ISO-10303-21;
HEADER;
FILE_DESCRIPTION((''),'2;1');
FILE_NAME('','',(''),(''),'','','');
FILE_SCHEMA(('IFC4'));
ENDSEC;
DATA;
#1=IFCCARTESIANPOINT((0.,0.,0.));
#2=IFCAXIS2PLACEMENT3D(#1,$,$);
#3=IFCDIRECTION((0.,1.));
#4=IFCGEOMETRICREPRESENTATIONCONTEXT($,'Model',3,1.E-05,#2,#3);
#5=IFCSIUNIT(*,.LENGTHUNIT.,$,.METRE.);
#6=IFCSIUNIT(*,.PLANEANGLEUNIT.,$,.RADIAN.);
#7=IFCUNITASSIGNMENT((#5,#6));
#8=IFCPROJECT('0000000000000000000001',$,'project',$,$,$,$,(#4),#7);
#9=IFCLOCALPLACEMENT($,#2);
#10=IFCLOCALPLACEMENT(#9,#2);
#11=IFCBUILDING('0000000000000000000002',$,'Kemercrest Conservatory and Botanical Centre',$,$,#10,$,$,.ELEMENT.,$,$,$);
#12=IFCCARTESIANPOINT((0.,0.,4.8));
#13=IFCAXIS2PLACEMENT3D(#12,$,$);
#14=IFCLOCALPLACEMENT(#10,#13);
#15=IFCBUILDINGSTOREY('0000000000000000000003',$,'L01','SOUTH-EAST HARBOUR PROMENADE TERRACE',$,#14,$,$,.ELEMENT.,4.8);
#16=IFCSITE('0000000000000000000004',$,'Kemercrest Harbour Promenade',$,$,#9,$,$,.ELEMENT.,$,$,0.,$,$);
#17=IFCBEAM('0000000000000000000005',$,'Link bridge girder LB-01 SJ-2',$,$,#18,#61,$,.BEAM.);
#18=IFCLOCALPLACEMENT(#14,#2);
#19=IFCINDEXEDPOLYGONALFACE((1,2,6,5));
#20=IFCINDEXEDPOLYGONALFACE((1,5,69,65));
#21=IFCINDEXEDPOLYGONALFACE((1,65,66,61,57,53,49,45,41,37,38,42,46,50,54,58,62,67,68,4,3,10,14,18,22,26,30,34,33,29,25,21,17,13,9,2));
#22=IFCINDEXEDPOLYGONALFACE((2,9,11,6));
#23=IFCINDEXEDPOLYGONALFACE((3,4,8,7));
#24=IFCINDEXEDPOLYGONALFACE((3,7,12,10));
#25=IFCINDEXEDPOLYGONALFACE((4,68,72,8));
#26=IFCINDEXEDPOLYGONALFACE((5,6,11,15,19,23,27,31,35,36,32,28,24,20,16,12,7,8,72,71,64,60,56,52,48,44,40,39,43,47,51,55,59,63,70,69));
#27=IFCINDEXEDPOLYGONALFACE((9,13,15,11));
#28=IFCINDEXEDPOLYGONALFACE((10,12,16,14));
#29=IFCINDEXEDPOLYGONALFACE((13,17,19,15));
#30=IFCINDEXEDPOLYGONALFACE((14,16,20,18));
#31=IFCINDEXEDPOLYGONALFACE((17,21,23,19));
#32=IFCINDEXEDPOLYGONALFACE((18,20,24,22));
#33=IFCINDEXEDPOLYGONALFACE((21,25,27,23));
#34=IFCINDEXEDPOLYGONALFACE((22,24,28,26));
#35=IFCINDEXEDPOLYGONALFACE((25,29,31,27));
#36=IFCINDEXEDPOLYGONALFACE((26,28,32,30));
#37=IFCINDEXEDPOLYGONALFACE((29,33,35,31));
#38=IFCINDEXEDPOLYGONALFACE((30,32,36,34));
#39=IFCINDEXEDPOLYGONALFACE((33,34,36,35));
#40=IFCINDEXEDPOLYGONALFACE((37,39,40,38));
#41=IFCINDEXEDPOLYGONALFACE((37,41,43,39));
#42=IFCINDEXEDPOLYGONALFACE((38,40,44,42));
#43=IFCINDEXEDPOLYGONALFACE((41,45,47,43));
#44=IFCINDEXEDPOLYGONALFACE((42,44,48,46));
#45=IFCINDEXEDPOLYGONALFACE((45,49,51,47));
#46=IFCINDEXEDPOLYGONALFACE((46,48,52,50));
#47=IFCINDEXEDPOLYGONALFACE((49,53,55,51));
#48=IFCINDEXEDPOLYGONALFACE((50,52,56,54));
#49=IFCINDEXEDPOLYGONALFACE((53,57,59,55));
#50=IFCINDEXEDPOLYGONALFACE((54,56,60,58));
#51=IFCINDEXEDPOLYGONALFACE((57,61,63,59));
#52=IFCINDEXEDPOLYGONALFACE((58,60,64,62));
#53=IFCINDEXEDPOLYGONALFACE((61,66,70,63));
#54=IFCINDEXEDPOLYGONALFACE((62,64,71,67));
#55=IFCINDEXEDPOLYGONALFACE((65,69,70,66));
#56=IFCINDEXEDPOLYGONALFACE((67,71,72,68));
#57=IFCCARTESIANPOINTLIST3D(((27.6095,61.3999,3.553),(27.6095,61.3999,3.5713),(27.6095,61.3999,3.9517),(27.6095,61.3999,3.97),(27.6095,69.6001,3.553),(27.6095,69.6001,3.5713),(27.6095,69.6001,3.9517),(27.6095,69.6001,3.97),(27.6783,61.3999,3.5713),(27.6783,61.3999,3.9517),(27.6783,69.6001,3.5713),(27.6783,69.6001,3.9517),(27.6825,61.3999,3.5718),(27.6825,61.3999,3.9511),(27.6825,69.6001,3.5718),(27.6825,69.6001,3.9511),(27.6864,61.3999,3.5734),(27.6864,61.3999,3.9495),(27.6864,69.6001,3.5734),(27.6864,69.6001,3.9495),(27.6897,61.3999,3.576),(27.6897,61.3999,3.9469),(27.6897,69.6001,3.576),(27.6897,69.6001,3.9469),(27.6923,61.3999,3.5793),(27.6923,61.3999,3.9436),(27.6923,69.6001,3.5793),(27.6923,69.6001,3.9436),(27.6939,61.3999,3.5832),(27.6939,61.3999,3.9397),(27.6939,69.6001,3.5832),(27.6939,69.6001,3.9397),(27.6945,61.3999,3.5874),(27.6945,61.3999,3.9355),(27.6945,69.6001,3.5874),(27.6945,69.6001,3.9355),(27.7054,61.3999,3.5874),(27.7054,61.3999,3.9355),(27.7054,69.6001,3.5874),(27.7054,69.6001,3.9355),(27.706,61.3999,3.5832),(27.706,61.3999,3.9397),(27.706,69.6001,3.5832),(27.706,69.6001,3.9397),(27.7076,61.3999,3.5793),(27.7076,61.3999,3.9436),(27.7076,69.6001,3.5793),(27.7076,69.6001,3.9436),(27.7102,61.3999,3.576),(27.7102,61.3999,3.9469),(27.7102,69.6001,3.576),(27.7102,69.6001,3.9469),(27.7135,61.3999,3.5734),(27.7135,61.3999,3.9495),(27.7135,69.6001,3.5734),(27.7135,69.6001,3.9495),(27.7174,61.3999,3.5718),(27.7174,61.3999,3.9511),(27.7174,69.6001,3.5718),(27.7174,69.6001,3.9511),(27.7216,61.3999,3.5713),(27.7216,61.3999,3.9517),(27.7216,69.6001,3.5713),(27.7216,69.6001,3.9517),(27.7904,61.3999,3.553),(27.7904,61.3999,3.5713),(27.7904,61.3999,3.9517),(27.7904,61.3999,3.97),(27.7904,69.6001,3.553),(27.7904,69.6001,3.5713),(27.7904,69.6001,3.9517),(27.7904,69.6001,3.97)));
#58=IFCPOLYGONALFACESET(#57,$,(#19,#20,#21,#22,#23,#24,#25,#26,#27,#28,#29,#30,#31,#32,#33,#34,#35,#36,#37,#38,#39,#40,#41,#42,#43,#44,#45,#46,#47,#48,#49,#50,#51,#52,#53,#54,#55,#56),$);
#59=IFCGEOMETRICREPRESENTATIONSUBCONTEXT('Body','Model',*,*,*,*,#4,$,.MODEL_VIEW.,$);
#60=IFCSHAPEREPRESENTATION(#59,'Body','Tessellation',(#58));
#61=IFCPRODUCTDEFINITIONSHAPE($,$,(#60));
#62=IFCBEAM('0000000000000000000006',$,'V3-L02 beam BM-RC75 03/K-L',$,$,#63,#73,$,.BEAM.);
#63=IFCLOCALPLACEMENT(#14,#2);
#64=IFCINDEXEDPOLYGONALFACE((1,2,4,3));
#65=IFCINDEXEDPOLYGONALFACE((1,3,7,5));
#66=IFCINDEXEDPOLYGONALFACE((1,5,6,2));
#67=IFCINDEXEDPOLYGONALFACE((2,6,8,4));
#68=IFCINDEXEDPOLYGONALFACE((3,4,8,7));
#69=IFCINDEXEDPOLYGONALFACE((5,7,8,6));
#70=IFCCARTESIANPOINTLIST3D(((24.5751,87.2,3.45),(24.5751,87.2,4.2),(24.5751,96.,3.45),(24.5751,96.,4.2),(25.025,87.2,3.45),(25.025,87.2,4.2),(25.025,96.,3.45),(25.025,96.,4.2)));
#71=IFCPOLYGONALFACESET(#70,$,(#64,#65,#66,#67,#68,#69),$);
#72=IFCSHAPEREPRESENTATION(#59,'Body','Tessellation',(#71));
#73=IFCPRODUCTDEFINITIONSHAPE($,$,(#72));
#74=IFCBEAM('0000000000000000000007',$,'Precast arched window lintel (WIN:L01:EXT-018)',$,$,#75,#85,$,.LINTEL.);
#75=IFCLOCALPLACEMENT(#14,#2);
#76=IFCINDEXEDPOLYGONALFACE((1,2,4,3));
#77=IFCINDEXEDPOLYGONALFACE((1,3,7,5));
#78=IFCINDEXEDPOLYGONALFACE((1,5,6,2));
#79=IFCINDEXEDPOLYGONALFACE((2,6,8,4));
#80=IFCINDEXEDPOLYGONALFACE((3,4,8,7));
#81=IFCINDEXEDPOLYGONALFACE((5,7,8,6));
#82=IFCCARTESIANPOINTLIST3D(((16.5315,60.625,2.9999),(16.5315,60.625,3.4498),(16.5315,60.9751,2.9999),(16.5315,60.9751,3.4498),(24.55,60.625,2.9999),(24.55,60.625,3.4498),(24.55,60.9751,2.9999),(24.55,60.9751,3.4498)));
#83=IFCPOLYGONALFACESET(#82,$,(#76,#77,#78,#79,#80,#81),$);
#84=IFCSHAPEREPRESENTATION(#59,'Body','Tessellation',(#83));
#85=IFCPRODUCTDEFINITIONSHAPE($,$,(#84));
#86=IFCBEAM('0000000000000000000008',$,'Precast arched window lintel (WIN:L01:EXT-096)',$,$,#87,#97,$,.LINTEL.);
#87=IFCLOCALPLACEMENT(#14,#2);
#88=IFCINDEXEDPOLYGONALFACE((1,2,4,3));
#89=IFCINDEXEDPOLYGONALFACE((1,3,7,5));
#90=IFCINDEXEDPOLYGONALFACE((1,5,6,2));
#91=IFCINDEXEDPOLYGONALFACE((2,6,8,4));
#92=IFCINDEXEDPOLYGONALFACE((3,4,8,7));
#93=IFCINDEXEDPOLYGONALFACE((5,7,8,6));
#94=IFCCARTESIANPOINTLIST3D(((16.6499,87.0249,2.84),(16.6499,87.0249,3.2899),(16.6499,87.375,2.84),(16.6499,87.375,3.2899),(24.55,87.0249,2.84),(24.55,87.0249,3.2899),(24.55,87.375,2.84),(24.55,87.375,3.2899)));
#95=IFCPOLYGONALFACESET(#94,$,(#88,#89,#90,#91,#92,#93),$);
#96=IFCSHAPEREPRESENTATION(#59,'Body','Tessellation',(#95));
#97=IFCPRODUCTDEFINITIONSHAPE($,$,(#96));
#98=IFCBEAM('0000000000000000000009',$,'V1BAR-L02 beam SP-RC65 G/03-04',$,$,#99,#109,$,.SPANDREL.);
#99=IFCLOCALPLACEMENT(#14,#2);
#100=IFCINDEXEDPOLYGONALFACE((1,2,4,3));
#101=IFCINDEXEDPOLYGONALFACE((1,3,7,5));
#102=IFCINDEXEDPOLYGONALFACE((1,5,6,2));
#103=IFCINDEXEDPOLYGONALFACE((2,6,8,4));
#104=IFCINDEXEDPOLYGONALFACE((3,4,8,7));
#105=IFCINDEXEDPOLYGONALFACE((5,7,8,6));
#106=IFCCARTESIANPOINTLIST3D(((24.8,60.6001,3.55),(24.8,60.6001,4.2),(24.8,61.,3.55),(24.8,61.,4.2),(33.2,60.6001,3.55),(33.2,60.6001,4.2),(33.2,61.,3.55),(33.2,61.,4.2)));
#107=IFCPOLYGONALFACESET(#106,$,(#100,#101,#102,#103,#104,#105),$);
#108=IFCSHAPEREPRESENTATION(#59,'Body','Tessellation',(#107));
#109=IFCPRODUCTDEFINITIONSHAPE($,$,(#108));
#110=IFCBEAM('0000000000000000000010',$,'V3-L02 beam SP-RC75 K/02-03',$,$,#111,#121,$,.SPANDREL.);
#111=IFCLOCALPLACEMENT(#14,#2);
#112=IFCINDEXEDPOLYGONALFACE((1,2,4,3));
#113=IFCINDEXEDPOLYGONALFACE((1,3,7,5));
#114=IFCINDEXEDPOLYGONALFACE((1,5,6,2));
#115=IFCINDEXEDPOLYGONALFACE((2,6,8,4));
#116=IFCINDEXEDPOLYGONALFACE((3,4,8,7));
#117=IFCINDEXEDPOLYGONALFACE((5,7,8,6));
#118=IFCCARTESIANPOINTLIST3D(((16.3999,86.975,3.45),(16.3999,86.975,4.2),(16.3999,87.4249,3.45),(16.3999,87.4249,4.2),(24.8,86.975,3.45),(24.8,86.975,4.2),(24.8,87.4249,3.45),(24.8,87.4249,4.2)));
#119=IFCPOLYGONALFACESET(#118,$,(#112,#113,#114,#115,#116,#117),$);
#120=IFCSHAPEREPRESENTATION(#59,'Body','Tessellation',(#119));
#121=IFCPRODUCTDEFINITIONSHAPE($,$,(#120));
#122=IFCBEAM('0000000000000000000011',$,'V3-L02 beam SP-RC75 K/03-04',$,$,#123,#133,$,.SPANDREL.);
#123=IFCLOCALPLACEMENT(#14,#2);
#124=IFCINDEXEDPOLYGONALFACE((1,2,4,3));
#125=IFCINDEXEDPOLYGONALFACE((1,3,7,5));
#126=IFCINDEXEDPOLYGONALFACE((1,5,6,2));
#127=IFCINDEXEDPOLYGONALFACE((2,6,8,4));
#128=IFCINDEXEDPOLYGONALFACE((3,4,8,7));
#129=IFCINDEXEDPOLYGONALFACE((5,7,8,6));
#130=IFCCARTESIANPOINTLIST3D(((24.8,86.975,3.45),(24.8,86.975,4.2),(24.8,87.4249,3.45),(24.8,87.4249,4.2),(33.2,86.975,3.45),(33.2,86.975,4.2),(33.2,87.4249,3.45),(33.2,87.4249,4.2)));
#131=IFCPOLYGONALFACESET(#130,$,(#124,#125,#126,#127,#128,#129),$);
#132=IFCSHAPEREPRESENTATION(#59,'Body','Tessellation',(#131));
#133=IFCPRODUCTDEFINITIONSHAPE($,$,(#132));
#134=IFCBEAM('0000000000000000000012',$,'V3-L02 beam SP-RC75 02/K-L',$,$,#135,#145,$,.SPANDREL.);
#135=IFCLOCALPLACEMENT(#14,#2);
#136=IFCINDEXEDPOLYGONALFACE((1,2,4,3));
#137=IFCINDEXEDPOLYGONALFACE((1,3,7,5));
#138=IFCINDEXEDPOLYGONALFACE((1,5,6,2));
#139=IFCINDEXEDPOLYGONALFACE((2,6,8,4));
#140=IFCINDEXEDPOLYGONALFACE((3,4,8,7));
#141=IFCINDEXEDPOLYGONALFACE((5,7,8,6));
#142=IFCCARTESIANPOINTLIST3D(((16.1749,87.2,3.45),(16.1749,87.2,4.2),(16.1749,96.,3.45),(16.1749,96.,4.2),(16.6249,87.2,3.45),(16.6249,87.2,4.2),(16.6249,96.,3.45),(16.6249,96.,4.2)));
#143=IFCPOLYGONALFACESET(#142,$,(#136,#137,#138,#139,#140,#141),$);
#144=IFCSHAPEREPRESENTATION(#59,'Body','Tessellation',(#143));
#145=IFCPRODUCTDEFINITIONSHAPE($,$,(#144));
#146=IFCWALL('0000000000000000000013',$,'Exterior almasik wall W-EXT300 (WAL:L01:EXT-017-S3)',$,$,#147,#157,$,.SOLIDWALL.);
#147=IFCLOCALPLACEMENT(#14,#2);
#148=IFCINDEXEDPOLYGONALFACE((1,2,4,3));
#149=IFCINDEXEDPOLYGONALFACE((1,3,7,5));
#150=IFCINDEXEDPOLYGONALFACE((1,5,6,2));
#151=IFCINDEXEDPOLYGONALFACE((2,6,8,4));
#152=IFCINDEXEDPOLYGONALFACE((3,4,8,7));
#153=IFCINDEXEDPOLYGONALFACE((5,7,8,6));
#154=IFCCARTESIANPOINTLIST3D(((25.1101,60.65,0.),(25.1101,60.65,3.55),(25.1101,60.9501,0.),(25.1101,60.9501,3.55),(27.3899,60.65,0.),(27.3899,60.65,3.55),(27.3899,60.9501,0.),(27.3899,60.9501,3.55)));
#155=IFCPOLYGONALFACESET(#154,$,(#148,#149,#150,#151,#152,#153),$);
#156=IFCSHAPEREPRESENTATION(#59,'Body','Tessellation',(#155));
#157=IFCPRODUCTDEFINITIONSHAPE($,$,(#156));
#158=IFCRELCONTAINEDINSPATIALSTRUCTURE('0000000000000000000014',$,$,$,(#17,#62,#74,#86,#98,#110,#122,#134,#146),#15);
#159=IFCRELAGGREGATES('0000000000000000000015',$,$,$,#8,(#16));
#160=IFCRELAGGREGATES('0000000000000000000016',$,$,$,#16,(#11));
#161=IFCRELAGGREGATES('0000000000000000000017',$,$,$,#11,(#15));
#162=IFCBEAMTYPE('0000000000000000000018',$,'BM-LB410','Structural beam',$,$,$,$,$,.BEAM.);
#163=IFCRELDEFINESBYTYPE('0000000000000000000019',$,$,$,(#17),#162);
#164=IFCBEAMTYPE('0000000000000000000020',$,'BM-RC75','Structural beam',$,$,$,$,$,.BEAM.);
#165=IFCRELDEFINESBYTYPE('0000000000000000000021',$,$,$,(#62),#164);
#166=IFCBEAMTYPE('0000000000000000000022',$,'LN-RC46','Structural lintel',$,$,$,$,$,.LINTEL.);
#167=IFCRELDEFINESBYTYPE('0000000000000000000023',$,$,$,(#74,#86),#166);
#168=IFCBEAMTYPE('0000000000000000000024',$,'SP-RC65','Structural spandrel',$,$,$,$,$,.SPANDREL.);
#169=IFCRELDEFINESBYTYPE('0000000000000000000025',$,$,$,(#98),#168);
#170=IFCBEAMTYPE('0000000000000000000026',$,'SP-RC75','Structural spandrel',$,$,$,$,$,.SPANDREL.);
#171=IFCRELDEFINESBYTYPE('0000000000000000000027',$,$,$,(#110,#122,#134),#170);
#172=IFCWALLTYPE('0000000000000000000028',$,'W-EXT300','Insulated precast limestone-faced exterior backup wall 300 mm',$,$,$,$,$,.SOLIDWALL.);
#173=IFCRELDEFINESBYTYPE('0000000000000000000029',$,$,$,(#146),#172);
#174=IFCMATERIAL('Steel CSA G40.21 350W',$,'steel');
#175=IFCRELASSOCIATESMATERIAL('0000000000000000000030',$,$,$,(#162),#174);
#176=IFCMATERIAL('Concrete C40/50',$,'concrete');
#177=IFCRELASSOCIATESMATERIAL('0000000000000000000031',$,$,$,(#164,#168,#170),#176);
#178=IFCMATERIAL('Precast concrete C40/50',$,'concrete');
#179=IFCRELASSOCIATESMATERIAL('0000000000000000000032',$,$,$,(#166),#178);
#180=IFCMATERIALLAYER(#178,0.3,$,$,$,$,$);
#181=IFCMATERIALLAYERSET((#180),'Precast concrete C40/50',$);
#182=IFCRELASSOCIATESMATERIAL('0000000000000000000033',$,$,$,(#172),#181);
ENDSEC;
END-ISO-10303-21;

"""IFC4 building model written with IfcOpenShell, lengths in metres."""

from ifc_helpers import new_model, si_unit, direction, frame, frame_2d, origin, origin_2d, place, context, subcontext, project, spatial, rectangle, i_section, extrude, material, layer, layer_set, material_profile, profile_set, type_object, element, save


model = new_model("IFC4")

# Units and contexts
model_context = context("Model", 3, precision=1e-05, world=origin(), true_north=direction((0.0, 1.0)))
body_context = subcontext(model_context, "Body", "Model", "MODEL_VIEW")
ifc_project = project(units=[si_unit("LENGTHUNIT", "METRE"), si_unit("PLANEANGLEUNIT", "RADIAN")], contexts=[model_context])

# Site, building, storey
site_placement = place(None, origin())
site = spatial("IfcSite", under=ifc_project, at=site_placement, Name="Kemercrest Harbour Promenade", CompositionType="ELEMENT", RefElevation=0.0)
building_placement = place(site_placement, origin())
building = spatial("IfcBuilding", under=site, at=building_placement, Name="Kemercrest Conservatory and Botanical Centre", CompositionType="ELEMENT")
storey_placement = place(building_placement, frame((0.0, 0.0, 4.8)))
storey = spatial("IfcBuildingStorey", under=building, at=storey_placement, Name="L01", Description="SOUTH-EAST HARBOUR PROMENADE TERRACE", CompositionType="ELEMENT", Elevation=4.8)

# Shared definitions
ifc_material_1 = material(Name="Concrete C40/50", Category="concrete")
ifc_material_2 = material(Name="Steel CSA G40.21 350W", Category="steel")

# Beams
ifc_material_profile_1 = material_profile(ifc_material_2, i_section(OverallWidth=0.1809, OverallDepth=0.417, WebThickness=0.011, FlangeThickness=0.0183, FilletRadius=0.0161, at=origin_2d()), Name="W410X85")
ifc_profile_set_1 = profile_set([ifc_material_profile_1], Name="Steel CSA G40.21 350W")
beam_type_1 = type_object("IfcBeamType", Name="BM-LB410", Description="Structural beam", PredefinedType="BEAM", material=ifc_profile_set_1)
beam_1_placement = place(storey_placement, frame((27.7, 61.3999, 3.7615), z_axis=(0.0, 1.0, 0.0), x_axis=(-1.0, 0.0, 0.0)))
element("IfcBeam", 1, at=beam_1_placement, inside=storey, type_object=beam_type_1, Name="Link bridge girder LB-01 SJ-2", PredefinedType="BEAM", context=body_context, shape_type="SweptSolid", body=[
    extrude(i_section(OverallWidth=0.1809, OverallDepth=0.417, WebThickness=0.011, FlangeThickness=0.0183, FilletRadius=0.0161, at=origin_2d()), origin(), (0.0, 0.0, 1.0), 8.2002),
])
ifc_material_profile_2 = material_profile(ifc_material_1, rectangle(XDim=0.45, YDim=0.75, at=origin_2d()), Name="RC 450x750")
ifc_profile_set_2 = profile_set([ifc_material_profile_2], Name="Concrete C40/50")
beam_type_2 = type_object("IfcBeamType", Name="BM-RC75", Description="Structural beam", PredefinedType="BEAM", material=ifc_profile_set_2)
beam_2_placement = place(storey_placement, frame((24.8, 87.2, 3.825), z_axis=(0.0, 1.0, 0.0), x_axis=(-1.0, 0.0, 0.0)))
element("IfcBeam", 2, at=beam_2_placement, inside=storey, type_object=beam_type_2, Name="V3-L02 beam BM-RC75 03/K-L", PredefinedType="BEAM", context=body_context, shape_type="SweptSolid", body=[
    extrude(rectangle(XDim=0.45, YDim=0.75, at=origin_2d()), origin(), (0.0, 0.0, 1.0), 8.8),
])
ifc_material_3 = material(Name="Precast concrete C40/50", Category="concrete")
ifc_material_profile_3 = material_profile(ifc_material_3, rectangle(XDim=0.3501, YDim=0.45, at=origin_2d()), Name="RC 350x450")
ifc_profile_set_3 = profile_set([ifc_material_profile_3], Name="Precast concrete C40/50")
beam_type_3 = type_object("IfcBeamType", Name="LN-RC46", Description="Structural lintel", PredefinedType="LINTEL", material=ifc_profile_set_3)
beam_3_placement = place(storey_placement, frame((24.55, 60.8, 3.2249), z_axis=(-1.0, 0.0, 0.0), x_axis=(0.0, -1.0, 0.0)))
element("IfcBeam", 3, at=beam_3_placement, inside=storey, type_object=beam_type_3, Name="Precast arched window lintel (WIN:L01:EXT-018)", PredefinedType="LINTEL", context=body_context, shape_type="SweptSolid", body=[
    extrude(rectangle(XDim=0.3501, YDim=0.45, at=origin_2d()), origin(), (0.0, 0.0, 1.0), 8.0186),
])
beam_4_placement = place(storey_placement, frame((16.6499, 87.2, 3.0649), z_axis=(1.0, 0.0, 0.0), x_axis=(0.0, 1.0, 0.0)))
element("IfcBeam", 4, at=beam_4_placement, inside=storey, type_object=beam_type_3, Name="Precast arched window lintel (WIN:L01:EXT-096)", PredefinedType="LINTEL", context=body_context, shape_type="SweptSolid", body=[
    extrude(rectangle(XDim=0.3501, YDim=0.45, at=origin_2d()), origin(), (0.0, 0.0, 1.0), 7.9001),
])
ifc_material_profile_4 = material_profile(ifc_material_1, rectangle(XDim=0.3999, YDim=0.6499, at=origin_2d()), Name="RC 400x650")
ifc_profile_set_4 = profile_set([ifc_material_profile_4], Name="Concrete C40/50")
beam_type_4 = type_object("IfcBeamType", Name="SP-RC65", Description="Structural spandrel", PredefinedType="SPANDREL", material=ifc_profile_set_4)
beam_5_placement = place(storey_placement, frame((24.8, 60.8, 3.875), z_axis=(1.0, 0.0, 0.0), x_axis=(0.0, 1.0, 0.0)))
element("IfcBeam", 5, at=beam_5_placement, inside=storey, type_object=beam_type_4, Name="V1BAR-L02 beam SP-RC65 G/03-04", PredefinedType="SPANDREL", context=body_context, shape_type="SweptSolid", body=[
    extrude(rectangle(XDim=0.3999, YDim=0.6499, at=origin_2d()), origin(), (0.0, 0.0, 1.0), 8.3999),
])
ifc_material_profile_5 = material_profile(ifc_material_1, rectangle(XDim=0.45, YDim=0.75, at=origin_2d()), Name="RC 450x750")
ifc_profile_set_5 = profile_set([ifc_material_profile_5], Name="Concrete C40/50")
beam_type_5 = type_object("IfcBeamType", Name="SP-RC75", Description="Structural spandrel", PredefinedType="SPANDREL", material=ifc_profile_set_5)
beam_6_placement = place(storey_placement, frame((16.3999, 87.2, 3.825), z_axis=(1.0, 0.0, 0.0), x_axis=(0.0, 1.0, 0.0)))
element("IfcBeam", 6, at=beam_6_placement, inside=storey, type_object=beam_type_5, Name="V3-L02 beam SP-RC75 K/02-03", PredefinedType="SPANDREL", context=body_context, shape_type="SweptSolid", body=[
    extrude(rectangle(XDim=0.45, YDim=0.75, at=origin_2d()), origin(), (0.0, 0.0, 1.0), 8.4001),
])
beam_7_placement = place(storey_placement, frame((24.8, 87.2, 3.825), z_axis=(1.0, 0.0, 0.0), x_axis=(0.0, 1.0, 0.0)))
element("IfcBeam", 7, at=beam_7_placement, inside=storey, type_object=beam_type_5, Name="V3-L02 beam SP-RC75 K/03-04", PredefinedType="SPANDREL", context=body_context, shape_type="SweptSolid", body=[
    extrude(rectangle(XDim=0.45, YDim=0.75, at=origin_2d()), origin(), (0.0, 0.0, 1.0), 8.3999),
])
beam_8_placement = place(storey_placement, frame((16.3999, 87.2, 3.825), z_axis=(0.0, 1.0, 0.0), x_axis=(-1.0, 0.0, 0.0)))
element("IfcBeam", 8, at=beam_8_placement, inside=storey, type_object=beam_type_5, Name="V3-L02 beam SP-RC75 02/K-L", PredefinedType="SPANDREL", context=body_context, shape_type="SweptSolid", body=[
    extrude(rectangle(XDim=0.45, YDim=0.75, at=origin_2d()), origin(), (0.0, 0.0, 1.0), 8.8),
])

# Wall
ifc_layer_1 = layer(ifc_material_3, 0.3)
ifc_layer_set_1 = layer_set([ifc_layer_1], Name="Precast concrete C40/50")
wall_type_1 = type_object("IfcWallType", Name="W-EXT300", Description="Insulated precast limestone-faced exterior backup wall 300 mm", PredefinedType="SOLIDWALL", material=ifc_layer_set_1)
wall_1_placement = place(storey_placement, frame((27.3899, 60.8, 0.0), z_axis=(0.0, 0.0, 1.0), x_axis=(-1.0, 0.0, 0.0)))
element("IfcWall", 9, at=wall_1_placement, inside=storey, type_object=wall_type_1, Name="Exterior almasik wall W-EXT300 (WAL:L01:EXT-017-S3)", PredefinedType="SOLIDWALL", context=body_context, shape_type="SweptSolid", body=[
    extrude(rectangle(XDim=2.2798, YDim=0.3, at=frame_2d((1.1399, 0.0))), origin(), (0.0, 0.0, 1.0), 3.55),
])

save(model, "model.ifc")
